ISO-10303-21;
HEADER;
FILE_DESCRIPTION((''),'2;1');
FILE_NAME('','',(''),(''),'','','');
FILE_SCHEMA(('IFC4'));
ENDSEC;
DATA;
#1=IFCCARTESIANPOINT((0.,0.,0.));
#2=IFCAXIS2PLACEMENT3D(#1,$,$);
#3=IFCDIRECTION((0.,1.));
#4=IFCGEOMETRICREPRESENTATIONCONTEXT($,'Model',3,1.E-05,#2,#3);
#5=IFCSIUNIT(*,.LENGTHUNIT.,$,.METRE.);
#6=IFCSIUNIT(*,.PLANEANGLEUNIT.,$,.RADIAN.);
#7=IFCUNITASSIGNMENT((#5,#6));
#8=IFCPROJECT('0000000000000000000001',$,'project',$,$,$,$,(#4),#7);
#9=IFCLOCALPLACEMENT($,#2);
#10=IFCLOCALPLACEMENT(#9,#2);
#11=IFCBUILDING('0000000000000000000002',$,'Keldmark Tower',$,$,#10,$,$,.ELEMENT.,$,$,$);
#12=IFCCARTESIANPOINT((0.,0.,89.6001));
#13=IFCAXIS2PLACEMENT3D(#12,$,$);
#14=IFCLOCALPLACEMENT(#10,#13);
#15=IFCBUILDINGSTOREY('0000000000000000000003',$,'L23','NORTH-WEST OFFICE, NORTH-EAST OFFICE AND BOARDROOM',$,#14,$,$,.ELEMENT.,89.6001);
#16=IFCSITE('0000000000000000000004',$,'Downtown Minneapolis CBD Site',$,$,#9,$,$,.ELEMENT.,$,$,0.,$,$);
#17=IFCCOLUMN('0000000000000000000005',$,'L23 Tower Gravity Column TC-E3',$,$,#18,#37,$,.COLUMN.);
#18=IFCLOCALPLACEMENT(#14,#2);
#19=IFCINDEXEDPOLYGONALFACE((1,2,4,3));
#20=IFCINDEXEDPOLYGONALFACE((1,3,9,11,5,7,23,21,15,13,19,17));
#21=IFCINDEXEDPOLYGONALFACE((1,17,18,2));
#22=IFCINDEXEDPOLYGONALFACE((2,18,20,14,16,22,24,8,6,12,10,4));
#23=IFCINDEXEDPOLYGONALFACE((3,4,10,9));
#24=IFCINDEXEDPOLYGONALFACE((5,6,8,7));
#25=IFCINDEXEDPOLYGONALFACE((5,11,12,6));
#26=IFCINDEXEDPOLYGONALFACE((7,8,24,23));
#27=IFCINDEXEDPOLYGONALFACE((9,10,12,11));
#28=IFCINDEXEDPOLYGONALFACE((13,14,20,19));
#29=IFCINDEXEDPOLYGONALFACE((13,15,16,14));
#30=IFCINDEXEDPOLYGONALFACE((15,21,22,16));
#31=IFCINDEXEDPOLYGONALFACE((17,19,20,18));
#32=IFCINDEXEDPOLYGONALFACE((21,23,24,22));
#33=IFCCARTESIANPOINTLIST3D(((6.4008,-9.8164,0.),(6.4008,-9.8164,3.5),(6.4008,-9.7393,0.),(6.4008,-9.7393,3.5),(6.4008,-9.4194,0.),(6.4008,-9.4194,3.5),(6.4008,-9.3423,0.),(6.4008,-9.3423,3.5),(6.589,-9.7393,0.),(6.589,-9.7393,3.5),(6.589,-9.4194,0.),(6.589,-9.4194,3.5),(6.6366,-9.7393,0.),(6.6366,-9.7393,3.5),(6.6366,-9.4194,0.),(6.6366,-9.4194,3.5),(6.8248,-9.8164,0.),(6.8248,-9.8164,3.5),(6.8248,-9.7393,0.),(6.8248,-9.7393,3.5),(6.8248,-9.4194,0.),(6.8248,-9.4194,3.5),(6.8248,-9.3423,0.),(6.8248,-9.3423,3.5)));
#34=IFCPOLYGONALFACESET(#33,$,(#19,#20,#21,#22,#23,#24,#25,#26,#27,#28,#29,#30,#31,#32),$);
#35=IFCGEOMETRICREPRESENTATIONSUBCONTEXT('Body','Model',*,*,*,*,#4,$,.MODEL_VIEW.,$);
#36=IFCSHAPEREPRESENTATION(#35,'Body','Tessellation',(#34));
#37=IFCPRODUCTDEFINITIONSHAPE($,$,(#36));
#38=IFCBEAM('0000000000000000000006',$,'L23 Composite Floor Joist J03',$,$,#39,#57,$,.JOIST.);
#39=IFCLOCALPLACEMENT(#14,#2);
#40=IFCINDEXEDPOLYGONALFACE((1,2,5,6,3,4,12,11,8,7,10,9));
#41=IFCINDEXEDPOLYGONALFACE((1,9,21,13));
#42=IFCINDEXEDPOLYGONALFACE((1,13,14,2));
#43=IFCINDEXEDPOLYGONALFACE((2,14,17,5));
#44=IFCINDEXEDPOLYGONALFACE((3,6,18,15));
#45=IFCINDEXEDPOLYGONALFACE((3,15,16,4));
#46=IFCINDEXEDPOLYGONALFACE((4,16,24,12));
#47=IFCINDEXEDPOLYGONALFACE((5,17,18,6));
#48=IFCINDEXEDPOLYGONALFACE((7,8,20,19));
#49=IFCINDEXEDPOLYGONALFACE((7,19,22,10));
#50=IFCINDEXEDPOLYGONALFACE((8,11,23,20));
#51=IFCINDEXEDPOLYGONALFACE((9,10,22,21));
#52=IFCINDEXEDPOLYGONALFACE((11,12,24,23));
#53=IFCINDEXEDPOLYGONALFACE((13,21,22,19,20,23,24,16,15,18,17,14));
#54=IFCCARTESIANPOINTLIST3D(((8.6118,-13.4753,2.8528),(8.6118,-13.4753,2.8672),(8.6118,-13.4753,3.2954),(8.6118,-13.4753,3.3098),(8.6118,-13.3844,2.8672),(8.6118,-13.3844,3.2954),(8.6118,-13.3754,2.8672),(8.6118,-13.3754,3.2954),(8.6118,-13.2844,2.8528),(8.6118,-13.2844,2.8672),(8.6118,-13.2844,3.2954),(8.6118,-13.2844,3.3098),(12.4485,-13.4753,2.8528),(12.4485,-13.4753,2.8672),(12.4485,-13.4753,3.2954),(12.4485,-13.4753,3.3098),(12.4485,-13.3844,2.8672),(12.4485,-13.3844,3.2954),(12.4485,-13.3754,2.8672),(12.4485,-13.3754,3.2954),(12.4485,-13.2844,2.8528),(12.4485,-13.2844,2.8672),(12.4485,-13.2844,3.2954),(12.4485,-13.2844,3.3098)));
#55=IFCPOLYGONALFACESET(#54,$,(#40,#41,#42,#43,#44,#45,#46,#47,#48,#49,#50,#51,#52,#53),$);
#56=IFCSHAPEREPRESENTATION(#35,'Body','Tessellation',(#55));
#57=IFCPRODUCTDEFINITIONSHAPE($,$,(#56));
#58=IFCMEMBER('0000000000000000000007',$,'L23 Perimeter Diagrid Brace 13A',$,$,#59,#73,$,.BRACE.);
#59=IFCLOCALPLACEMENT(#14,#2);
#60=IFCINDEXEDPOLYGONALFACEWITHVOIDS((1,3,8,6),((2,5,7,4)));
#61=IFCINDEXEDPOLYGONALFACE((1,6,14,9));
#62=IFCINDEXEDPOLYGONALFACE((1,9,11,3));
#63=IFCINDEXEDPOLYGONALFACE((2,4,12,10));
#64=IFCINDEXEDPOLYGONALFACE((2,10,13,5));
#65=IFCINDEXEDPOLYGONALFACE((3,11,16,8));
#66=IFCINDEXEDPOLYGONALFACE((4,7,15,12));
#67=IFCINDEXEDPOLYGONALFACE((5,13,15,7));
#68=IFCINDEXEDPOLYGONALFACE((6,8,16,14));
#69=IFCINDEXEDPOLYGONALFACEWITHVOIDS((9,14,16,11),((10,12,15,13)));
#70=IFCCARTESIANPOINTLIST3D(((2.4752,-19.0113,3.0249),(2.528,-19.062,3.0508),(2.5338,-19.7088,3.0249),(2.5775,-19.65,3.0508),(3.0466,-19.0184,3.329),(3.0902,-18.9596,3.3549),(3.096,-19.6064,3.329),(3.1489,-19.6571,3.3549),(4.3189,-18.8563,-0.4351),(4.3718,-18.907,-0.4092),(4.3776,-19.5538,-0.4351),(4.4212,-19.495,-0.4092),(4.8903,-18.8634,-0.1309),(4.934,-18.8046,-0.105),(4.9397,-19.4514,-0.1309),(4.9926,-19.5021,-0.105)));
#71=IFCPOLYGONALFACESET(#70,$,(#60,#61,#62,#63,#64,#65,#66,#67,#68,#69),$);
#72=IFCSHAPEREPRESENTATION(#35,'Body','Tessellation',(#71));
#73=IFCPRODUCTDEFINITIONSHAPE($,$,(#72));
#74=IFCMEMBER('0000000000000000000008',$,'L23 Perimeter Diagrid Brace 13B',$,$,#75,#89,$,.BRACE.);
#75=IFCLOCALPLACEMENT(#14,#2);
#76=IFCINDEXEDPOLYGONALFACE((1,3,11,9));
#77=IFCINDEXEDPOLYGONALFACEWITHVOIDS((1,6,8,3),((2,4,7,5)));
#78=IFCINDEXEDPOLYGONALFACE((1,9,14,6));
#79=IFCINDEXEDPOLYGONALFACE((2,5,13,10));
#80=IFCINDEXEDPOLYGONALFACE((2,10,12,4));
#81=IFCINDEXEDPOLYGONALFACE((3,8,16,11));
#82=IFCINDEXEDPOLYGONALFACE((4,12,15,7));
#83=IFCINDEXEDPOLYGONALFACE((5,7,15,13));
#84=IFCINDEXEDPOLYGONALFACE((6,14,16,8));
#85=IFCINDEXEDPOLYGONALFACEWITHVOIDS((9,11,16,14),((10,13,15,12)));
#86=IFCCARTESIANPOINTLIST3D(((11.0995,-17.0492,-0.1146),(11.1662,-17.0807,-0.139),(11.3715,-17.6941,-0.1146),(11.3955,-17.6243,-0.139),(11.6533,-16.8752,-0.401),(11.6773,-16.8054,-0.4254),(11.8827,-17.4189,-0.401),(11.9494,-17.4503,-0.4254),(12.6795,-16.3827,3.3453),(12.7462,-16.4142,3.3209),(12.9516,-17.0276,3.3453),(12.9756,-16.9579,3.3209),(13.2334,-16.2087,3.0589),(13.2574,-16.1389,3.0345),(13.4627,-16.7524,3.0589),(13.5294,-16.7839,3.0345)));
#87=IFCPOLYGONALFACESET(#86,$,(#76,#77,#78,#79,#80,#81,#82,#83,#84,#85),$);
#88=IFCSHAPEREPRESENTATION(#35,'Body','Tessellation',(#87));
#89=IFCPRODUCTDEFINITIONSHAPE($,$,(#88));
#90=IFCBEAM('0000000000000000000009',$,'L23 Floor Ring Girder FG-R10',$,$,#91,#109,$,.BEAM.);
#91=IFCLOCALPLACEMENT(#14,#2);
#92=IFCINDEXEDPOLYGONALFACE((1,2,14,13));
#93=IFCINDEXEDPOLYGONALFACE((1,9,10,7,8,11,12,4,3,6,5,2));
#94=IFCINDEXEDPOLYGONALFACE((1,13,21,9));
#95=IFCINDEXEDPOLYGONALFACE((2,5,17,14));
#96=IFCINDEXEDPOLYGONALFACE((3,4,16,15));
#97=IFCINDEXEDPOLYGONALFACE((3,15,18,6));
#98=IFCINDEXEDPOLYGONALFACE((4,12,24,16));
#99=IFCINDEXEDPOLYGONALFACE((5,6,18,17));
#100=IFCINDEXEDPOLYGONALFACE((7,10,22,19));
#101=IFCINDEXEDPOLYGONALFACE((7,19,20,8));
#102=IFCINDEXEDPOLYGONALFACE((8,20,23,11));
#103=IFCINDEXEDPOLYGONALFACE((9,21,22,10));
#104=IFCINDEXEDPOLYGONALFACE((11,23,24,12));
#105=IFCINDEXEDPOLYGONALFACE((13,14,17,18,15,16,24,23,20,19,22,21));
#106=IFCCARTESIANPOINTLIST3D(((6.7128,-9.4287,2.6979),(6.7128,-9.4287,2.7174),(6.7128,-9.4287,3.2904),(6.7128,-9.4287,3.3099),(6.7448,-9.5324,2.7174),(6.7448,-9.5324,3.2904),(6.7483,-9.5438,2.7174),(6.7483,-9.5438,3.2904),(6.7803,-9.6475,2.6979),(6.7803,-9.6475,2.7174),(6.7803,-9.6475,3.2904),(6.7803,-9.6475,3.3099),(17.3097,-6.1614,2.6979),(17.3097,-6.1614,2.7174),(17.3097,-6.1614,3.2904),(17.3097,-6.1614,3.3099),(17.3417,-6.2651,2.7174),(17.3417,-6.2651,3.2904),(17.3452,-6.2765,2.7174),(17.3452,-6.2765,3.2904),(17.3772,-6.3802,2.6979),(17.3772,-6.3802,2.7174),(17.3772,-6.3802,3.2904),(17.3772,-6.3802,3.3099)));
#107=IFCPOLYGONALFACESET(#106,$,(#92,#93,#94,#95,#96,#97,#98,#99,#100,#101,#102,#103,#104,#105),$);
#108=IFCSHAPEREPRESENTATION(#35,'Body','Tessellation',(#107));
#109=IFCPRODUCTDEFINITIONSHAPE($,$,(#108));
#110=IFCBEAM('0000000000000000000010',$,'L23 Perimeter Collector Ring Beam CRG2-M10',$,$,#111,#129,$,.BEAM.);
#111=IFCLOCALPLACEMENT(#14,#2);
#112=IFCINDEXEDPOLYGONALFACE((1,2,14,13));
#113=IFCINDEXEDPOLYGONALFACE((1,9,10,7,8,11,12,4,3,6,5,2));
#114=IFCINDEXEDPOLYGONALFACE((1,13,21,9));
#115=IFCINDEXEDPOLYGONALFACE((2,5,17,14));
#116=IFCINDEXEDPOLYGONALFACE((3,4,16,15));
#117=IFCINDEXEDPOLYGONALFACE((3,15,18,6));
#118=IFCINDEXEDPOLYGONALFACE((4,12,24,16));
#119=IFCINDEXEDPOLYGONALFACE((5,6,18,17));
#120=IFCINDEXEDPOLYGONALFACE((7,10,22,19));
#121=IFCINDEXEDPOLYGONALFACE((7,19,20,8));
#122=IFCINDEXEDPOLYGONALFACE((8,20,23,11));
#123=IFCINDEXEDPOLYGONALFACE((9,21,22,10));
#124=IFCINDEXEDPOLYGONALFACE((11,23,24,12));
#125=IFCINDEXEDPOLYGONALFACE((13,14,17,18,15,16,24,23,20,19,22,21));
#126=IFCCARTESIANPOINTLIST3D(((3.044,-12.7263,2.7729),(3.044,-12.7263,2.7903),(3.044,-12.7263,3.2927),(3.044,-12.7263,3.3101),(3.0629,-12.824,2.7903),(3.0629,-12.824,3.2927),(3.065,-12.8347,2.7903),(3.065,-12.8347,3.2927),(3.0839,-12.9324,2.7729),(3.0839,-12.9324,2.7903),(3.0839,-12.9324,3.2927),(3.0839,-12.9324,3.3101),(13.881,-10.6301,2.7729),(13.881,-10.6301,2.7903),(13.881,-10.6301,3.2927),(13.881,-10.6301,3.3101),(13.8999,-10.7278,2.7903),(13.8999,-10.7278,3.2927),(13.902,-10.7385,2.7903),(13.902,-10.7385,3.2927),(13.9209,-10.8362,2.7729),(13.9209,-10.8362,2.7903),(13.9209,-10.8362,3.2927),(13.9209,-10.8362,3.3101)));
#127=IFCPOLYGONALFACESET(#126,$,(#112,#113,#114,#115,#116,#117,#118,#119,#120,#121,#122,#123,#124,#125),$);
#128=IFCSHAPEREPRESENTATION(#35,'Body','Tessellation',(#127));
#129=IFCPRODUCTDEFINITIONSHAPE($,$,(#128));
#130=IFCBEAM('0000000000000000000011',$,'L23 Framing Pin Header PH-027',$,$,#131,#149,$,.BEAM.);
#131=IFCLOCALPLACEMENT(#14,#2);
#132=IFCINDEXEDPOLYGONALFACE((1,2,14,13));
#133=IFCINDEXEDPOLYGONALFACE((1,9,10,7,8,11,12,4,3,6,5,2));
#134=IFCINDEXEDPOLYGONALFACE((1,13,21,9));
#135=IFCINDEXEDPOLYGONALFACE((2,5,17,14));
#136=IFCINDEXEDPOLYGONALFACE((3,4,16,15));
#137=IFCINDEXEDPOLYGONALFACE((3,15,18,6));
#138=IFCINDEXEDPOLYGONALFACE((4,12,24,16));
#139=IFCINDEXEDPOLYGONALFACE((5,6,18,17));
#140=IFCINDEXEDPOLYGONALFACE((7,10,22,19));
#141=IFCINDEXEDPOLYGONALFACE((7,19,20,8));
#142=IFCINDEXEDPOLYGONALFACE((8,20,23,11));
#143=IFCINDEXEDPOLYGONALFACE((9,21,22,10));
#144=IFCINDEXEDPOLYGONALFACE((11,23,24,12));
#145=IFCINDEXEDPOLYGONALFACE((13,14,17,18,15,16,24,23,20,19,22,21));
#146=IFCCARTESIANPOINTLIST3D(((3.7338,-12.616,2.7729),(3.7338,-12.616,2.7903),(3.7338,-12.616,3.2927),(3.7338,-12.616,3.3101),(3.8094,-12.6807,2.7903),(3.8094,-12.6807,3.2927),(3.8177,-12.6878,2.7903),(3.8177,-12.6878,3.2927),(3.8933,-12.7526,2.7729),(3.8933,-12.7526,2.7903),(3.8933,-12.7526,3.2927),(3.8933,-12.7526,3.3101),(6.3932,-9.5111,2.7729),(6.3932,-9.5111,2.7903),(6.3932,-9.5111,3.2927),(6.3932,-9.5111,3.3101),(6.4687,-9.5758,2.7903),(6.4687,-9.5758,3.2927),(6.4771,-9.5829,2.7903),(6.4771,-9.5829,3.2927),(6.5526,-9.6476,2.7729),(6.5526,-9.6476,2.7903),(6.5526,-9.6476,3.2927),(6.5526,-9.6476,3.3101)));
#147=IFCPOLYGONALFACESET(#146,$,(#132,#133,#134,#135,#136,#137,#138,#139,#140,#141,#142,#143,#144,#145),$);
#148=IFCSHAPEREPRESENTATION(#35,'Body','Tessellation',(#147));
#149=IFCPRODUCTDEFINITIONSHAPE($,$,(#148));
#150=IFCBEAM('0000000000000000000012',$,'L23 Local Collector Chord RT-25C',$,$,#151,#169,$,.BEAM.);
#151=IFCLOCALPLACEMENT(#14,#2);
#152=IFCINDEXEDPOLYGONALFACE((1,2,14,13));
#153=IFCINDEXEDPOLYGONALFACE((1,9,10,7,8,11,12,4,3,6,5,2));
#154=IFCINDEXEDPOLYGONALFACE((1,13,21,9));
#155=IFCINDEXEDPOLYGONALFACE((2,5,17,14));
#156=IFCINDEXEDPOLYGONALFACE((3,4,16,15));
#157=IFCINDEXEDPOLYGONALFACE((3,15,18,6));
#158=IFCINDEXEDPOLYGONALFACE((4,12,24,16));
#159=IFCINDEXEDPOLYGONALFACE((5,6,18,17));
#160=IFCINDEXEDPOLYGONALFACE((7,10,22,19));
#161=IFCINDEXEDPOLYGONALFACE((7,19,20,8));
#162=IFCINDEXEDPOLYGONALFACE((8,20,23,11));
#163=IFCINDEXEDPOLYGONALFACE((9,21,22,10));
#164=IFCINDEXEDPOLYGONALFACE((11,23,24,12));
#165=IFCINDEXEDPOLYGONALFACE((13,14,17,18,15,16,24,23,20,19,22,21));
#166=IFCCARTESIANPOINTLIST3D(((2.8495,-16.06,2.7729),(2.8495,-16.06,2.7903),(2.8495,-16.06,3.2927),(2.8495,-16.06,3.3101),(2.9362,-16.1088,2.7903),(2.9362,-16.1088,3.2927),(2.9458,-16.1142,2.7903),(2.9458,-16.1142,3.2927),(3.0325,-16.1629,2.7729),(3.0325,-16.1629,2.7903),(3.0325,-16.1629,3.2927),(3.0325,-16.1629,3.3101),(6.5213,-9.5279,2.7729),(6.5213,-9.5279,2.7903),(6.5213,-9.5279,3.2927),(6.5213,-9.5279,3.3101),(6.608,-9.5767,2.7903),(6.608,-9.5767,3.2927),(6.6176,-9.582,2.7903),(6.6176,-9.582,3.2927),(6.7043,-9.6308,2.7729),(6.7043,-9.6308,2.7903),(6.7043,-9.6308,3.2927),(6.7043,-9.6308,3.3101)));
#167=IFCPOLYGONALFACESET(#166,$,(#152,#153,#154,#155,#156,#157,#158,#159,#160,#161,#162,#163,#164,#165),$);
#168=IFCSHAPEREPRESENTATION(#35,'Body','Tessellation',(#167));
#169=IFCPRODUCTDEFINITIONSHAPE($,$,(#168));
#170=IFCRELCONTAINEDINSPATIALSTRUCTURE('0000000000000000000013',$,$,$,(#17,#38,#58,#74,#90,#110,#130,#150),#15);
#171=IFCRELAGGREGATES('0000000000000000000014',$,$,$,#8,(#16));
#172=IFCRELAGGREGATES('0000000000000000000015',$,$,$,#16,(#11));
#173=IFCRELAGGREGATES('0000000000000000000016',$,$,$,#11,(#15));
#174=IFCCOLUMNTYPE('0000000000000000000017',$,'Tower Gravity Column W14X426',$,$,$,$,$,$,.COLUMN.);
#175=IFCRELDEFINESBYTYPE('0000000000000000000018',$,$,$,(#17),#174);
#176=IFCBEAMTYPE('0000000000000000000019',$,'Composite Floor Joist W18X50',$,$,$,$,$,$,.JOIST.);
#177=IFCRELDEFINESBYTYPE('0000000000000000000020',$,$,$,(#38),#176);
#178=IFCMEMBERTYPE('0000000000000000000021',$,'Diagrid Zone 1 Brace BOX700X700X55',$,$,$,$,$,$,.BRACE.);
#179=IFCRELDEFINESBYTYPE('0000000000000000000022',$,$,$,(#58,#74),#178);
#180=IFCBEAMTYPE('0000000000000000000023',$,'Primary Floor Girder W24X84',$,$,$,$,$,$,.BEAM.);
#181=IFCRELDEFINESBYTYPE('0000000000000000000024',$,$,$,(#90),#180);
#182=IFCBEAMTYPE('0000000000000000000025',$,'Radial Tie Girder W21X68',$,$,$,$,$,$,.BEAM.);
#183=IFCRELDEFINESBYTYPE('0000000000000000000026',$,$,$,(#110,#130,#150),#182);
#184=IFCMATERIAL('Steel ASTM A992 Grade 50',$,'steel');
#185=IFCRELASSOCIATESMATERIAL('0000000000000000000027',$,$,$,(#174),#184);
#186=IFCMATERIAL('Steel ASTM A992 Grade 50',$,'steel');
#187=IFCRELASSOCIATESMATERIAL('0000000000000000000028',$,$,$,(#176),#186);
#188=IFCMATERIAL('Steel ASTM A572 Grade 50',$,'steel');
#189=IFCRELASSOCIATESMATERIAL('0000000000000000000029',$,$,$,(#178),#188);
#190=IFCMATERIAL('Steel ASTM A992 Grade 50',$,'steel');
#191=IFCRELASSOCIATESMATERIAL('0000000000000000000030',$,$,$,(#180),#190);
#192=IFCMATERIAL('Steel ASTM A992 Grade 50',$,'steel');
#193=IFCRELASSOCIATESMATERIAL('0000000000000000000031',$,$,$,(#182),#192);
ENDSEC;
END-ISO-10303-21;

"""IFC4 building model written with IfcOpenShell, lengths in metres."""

from ifc_helpers import new_model, si_unit, direction, frame, origin, origin_2d, place, context, subcontext, project, spatial, hollow_rectangle, i_section, extrude, material, material_profile, profile_set, type_object, element, save


model = new_model("IFC4")

# Units and contexts
model_context = context("Model", 3, precision=1e-05, world=origin(), true_north=direction((0.0, 1.0)))
body_context = subcontext(model_context, "Body", "Model", "MODEL_VIEW")
ifc_project = project(units=[si_unit("LENGTHUNIT", "METRE"), si_unit("PLANEANGLEUNIT", "RADIAN")], contexts=[model_context])

# Site, building, storey
site_placement = place(None, origin())
site = spatial("IfcSite", under=ifc_project, at=site_placement, Name="Downtown Minneapolis CBD Site", CompositionType="ELEMENT", RefElevation=0.0)
building_placement = place(site_placement, origin())
building = spatial("IfcBuilding", under=site, at=building_placement, Name="Keldmark Tower", CompositionType="ELEMENT")
storey_placement = place(building_placement, frame((0.0, 0.0, 89.6001)))
storey = spatial("IfcBuildingStorey", under=building, at=storey_placement, Name="L23", Description="NORTH-WEST OFFICE, NORTH-EAST OFFICE AND BOARDROOM", CompositionType="ELEMENT", Elevation=89.6001)

# Column
ifc_material_1 = material(Name="Steel ASTM A992 Grade 50", Category="steel")
ifc_material_profile_1 = material_profile(ifc_material_1, i_section(OverallWidth=0.4241, OverallDepth=0.4741, WebThickness=0.0476, FlangeThickness=0.0771, at=origin_2d()), Name="W14X426")
ifc_profile_set_1 = profile_set([ifc_material_profile_1], Name="Steel ASTM A992 Grade 50")
column_type = type_object("IfcColumnType", Name="Tower Gravity Column W14X426", PredefinedType="COLUMN", material=ifc_profile_set_1)
column_placement = place(storey_placement, frame((6.6128, -9.5793, 0.0), z_axis=(0.0, 0.0, 1.0), x_axis=(1.0, 0.0, 0.0)))
element("IfcColumn", 1, at=column_placement, inside=storey, type_object=column_type, Name="L23 Tower Gravity Column TC-E3", PredefinedType="COLUMN", context=body_context, shape_type="SweptSolid", body=[
    extrude(i_section(OverallWidth=0.4241, OverallDepth=0.4741, WebThickness=0.0476, FlangeThickness=0.0771, at=origin_2d()), origin(), (0.0, 0.0, 1.0), 3.5),
])

# Beam
ifc_material_2 = material(Name="Steel ASTM A992 Grade 50", Category="steel")
ifc_material_profile_2 = material_profile(ifc_material_2, i_section(OverallWidth=0.1909, OverallDepth=0.457, WebThickness=0.009, FlangeThickness=0.0144, at=origin_2d()), Name="W18X50")
ifc_profile_set_2 = profile_set([ifc_material_profile_2], Name="Steel ASTM A992 Grade 50")
beam_type_1 = type_object("IfcBeamType", Name="Composite Floor Joist W18X50", PredefinedType="JOIST", material=ifc_profile_set_2)
beam_1_placement = place(storey_placement, frame((8.6118, -13.3799, 3.0813), z_axis=(1.0, 0.0, 0.0), x_axis=(0.0, 1.0, 0.0)))
element("IfcBeam", 2, at=beam_1_placement, inside=storey, type_object=beam_type_1, Name="L23 Composite Floor Joist J03", PredefinedType="JOIST", context=body_context, shape_type="SweptSolid", body=[
    extrude(i_section(OverallWidth=0.1909, OverallDepth=0.457, WebThickness=0.009, FlangeThickness=0.0144, at=origin_2d()), origin(), (0.0, 0.0, 1.0), 3.8367),
])

# Members
ifc_material_3 = material(Name="Steel ASTM A572 Grade 50", Category="steel")
ifc_material_profile_3 = material_profile(ifc_material_3, hollow_rectangle(XDim=0.7, YDim=0.7, WallThickness=0.0549, at=origin_2d()), Name="BOX700X700X55")
ifc_profile_set_3 = profile_set([ifc_material_profile_3], Name="Steel ASTM A572 Grade 50")
member_type = type_object("IfcMemberType", Name="Diagrid Zone 1 Brace BOX700X700X55", PredefinedType="BRACE", material=ifc_profile_set_3)
member_1_placement = place(storey_placement, frame((4.6558, -19.1792, -0.27), z_axis=(-0.469911, -0.039512, 0.881829), x_axis=(0.083788, -0.996484, 0.0)))
element("IfcMember", 3, at=member_1_placement, inside=storey, type_object=member_type, Name="L23 Perimeter Diagrid Brace 13A", PredefinedType="BRACE", context=body_context, shape_type="SweptSolid", body=[
    extrude(hollow_rectangle(XDim=0.7, YDim=0.7, WallThickness=0.0549, at=origin_2d()), origin(), (0.0, 0.0, 1.0), 3.9236),
])
member_2_placement = place(storey_placement, frame((11.5244, -17.2498, -0.27), z_axis=(0.409174, 0.172596, 0.895984), x_axis=(-0.388655, 0.921383, 0.0)))
element("IfcMember", 4, at=member_2_placement, inside=storey, type_object=member_type, Name="L23 Perimeter Diagrid Brace 13B", PredefinedType="BRACE", context=body_context, shape_type="SweptSolid", body=[
    extrude(hollow_rectangle(XDim=0.7, YDim=0.7, WallThickness=0.0549, at=origin_2d()), origin(), (0.0, 0.0, 1.0), 3.8616),
])

# Beams
ifc_material_4 = material(Name="Steel ASTM A992 Grade 50", Category="steel")
ifc_material_profile_4 = material_profile(ifc_material_4, i_section(OverallWidth=0.229, OverallDepth=0.6121, WebThickness=0.012, FlangeThickness=0.0195, at=origin_2d()), Name="W24X84")
ifc_profile_set_4 = profile_set([ifc_material_profile_4], Name="Steel ASTM A992 Grade 50")
beam_type_2 = type_object("IfcBeamType", Name="Primary Floor Girder W24X84", PredefinedType="BEAM", material=ifc_profile_set_4)
beam_2_placement = place(storey_placement, frame((6.7466, -9.5381, 3.0039), z_axis=(0.955608, 0.294641, 0.0), x_axis=(-0.294641, 0.955608, 0.0)))
element("IfcBeam", 5, at=beam_2_placement, inside=storey, type_object=beam_type_2, Name="L23 Floor Ring Girder FG-R10", PredefinedType="BEAM", context=body_context, shape_type="SweptSolid", body=[
    extrude(i_section(OverallWidth=0.229, OverallDepth=0.6121, WebThickness=0.012, FlangeThickness=0.0195, at=origin_2d()), origin(), (0.0, 0.0, 1.0), 11.0891),
])
ifc_material_5 = material(Name="Steel ASTM A992 Grade 50", Category="steel")
ifc_material_profile_5 = material_profile(ifc_material_5, i_section(OverallWidth=0.21, OverallDepth=0.5371, WebThickness=0.011, FlangeThickness=0.0173, at=origin_2d()), Name="W21X68")
ifc_profile_set_5 = profile_set([ifc_material_profile_5], Name="Steel ASTM A992 Grade 50")
beam_type_3 = type_object("IfcBeamType", Name="Radial Tie Girder W21X68", PredefinedType="BEAM", material=ifc_profile_set_5)
beam_3_placement = place(storey_placement, frame((3.064, -12.8293, 3.0415), z_axis=(0.981801, 0.18991, 0.0), x_axis=(-0.18991, 0.981801, 0.0)))
element("IfcBeam", 6, at=beam_3_placement, inside=storey, type_object=beam_type_3, Name="L23 Perimeter Collector Ring Beam CRG2-M10", PredefinedType="BEAM", context=body_context, shape_type="SweptSolid", body=[
    extrude(i_section(OverallWidth=0.21, OverallDepth=0.5371, WebThickness=0.011, FlangeThickness=0.0173, at=origin_2d()), origin(), (0.0, 0.0, 1.0), 11.0378),
])
beam_4_placement = place(storey_placement, frame((6.4729, -9.5793, 3.0415), z_axis=(-0.650511, -0.759497, 0.0), x_axis=(0.759497, -0.650511, 0.0)))
element("IfcBeam", 7, at=beam_4_placement, inside=storey, type_object=beam_type_3, Name="L23 Framing Pin Header PH-027", PredefinedType="BEAM", context=body_context, shape_type="SweptSolid", body=[
    extrude(i_section(OverallWidth=0.21, OverallDepth=0.5371, WebThickness=0.011, FlangeThickness=0.0173, at=origin_2d()), origin(), (0.0, 0.0, 1.0), 4.0881),
])
beam_5_placement = place(storey_placement, frame((6.6128, -9.5793, 3.0415), z_axis=(-0.490008, -0.871718, 0.0), x_axis=(0.871718, -0.490008, 0.0)))
element("IfcBeam", 8, at=beam_5_placement, inside=storey, type_object=beam_type_3, Name="L23 Local Collector Chord RT-25C", PredefinedType="BEAM", context=body_context, shape_type="SweptSolid", body=[
    extrude(i_section(OverallWidth=0.21, OverallDepth=0.5371, WebThickness=0.011, FlangeThickness=0.0173, at=origin_2d()), origin(), (0.0, 0.0, 1.0), 7.4934),
])

save(model, "model.ifc")
